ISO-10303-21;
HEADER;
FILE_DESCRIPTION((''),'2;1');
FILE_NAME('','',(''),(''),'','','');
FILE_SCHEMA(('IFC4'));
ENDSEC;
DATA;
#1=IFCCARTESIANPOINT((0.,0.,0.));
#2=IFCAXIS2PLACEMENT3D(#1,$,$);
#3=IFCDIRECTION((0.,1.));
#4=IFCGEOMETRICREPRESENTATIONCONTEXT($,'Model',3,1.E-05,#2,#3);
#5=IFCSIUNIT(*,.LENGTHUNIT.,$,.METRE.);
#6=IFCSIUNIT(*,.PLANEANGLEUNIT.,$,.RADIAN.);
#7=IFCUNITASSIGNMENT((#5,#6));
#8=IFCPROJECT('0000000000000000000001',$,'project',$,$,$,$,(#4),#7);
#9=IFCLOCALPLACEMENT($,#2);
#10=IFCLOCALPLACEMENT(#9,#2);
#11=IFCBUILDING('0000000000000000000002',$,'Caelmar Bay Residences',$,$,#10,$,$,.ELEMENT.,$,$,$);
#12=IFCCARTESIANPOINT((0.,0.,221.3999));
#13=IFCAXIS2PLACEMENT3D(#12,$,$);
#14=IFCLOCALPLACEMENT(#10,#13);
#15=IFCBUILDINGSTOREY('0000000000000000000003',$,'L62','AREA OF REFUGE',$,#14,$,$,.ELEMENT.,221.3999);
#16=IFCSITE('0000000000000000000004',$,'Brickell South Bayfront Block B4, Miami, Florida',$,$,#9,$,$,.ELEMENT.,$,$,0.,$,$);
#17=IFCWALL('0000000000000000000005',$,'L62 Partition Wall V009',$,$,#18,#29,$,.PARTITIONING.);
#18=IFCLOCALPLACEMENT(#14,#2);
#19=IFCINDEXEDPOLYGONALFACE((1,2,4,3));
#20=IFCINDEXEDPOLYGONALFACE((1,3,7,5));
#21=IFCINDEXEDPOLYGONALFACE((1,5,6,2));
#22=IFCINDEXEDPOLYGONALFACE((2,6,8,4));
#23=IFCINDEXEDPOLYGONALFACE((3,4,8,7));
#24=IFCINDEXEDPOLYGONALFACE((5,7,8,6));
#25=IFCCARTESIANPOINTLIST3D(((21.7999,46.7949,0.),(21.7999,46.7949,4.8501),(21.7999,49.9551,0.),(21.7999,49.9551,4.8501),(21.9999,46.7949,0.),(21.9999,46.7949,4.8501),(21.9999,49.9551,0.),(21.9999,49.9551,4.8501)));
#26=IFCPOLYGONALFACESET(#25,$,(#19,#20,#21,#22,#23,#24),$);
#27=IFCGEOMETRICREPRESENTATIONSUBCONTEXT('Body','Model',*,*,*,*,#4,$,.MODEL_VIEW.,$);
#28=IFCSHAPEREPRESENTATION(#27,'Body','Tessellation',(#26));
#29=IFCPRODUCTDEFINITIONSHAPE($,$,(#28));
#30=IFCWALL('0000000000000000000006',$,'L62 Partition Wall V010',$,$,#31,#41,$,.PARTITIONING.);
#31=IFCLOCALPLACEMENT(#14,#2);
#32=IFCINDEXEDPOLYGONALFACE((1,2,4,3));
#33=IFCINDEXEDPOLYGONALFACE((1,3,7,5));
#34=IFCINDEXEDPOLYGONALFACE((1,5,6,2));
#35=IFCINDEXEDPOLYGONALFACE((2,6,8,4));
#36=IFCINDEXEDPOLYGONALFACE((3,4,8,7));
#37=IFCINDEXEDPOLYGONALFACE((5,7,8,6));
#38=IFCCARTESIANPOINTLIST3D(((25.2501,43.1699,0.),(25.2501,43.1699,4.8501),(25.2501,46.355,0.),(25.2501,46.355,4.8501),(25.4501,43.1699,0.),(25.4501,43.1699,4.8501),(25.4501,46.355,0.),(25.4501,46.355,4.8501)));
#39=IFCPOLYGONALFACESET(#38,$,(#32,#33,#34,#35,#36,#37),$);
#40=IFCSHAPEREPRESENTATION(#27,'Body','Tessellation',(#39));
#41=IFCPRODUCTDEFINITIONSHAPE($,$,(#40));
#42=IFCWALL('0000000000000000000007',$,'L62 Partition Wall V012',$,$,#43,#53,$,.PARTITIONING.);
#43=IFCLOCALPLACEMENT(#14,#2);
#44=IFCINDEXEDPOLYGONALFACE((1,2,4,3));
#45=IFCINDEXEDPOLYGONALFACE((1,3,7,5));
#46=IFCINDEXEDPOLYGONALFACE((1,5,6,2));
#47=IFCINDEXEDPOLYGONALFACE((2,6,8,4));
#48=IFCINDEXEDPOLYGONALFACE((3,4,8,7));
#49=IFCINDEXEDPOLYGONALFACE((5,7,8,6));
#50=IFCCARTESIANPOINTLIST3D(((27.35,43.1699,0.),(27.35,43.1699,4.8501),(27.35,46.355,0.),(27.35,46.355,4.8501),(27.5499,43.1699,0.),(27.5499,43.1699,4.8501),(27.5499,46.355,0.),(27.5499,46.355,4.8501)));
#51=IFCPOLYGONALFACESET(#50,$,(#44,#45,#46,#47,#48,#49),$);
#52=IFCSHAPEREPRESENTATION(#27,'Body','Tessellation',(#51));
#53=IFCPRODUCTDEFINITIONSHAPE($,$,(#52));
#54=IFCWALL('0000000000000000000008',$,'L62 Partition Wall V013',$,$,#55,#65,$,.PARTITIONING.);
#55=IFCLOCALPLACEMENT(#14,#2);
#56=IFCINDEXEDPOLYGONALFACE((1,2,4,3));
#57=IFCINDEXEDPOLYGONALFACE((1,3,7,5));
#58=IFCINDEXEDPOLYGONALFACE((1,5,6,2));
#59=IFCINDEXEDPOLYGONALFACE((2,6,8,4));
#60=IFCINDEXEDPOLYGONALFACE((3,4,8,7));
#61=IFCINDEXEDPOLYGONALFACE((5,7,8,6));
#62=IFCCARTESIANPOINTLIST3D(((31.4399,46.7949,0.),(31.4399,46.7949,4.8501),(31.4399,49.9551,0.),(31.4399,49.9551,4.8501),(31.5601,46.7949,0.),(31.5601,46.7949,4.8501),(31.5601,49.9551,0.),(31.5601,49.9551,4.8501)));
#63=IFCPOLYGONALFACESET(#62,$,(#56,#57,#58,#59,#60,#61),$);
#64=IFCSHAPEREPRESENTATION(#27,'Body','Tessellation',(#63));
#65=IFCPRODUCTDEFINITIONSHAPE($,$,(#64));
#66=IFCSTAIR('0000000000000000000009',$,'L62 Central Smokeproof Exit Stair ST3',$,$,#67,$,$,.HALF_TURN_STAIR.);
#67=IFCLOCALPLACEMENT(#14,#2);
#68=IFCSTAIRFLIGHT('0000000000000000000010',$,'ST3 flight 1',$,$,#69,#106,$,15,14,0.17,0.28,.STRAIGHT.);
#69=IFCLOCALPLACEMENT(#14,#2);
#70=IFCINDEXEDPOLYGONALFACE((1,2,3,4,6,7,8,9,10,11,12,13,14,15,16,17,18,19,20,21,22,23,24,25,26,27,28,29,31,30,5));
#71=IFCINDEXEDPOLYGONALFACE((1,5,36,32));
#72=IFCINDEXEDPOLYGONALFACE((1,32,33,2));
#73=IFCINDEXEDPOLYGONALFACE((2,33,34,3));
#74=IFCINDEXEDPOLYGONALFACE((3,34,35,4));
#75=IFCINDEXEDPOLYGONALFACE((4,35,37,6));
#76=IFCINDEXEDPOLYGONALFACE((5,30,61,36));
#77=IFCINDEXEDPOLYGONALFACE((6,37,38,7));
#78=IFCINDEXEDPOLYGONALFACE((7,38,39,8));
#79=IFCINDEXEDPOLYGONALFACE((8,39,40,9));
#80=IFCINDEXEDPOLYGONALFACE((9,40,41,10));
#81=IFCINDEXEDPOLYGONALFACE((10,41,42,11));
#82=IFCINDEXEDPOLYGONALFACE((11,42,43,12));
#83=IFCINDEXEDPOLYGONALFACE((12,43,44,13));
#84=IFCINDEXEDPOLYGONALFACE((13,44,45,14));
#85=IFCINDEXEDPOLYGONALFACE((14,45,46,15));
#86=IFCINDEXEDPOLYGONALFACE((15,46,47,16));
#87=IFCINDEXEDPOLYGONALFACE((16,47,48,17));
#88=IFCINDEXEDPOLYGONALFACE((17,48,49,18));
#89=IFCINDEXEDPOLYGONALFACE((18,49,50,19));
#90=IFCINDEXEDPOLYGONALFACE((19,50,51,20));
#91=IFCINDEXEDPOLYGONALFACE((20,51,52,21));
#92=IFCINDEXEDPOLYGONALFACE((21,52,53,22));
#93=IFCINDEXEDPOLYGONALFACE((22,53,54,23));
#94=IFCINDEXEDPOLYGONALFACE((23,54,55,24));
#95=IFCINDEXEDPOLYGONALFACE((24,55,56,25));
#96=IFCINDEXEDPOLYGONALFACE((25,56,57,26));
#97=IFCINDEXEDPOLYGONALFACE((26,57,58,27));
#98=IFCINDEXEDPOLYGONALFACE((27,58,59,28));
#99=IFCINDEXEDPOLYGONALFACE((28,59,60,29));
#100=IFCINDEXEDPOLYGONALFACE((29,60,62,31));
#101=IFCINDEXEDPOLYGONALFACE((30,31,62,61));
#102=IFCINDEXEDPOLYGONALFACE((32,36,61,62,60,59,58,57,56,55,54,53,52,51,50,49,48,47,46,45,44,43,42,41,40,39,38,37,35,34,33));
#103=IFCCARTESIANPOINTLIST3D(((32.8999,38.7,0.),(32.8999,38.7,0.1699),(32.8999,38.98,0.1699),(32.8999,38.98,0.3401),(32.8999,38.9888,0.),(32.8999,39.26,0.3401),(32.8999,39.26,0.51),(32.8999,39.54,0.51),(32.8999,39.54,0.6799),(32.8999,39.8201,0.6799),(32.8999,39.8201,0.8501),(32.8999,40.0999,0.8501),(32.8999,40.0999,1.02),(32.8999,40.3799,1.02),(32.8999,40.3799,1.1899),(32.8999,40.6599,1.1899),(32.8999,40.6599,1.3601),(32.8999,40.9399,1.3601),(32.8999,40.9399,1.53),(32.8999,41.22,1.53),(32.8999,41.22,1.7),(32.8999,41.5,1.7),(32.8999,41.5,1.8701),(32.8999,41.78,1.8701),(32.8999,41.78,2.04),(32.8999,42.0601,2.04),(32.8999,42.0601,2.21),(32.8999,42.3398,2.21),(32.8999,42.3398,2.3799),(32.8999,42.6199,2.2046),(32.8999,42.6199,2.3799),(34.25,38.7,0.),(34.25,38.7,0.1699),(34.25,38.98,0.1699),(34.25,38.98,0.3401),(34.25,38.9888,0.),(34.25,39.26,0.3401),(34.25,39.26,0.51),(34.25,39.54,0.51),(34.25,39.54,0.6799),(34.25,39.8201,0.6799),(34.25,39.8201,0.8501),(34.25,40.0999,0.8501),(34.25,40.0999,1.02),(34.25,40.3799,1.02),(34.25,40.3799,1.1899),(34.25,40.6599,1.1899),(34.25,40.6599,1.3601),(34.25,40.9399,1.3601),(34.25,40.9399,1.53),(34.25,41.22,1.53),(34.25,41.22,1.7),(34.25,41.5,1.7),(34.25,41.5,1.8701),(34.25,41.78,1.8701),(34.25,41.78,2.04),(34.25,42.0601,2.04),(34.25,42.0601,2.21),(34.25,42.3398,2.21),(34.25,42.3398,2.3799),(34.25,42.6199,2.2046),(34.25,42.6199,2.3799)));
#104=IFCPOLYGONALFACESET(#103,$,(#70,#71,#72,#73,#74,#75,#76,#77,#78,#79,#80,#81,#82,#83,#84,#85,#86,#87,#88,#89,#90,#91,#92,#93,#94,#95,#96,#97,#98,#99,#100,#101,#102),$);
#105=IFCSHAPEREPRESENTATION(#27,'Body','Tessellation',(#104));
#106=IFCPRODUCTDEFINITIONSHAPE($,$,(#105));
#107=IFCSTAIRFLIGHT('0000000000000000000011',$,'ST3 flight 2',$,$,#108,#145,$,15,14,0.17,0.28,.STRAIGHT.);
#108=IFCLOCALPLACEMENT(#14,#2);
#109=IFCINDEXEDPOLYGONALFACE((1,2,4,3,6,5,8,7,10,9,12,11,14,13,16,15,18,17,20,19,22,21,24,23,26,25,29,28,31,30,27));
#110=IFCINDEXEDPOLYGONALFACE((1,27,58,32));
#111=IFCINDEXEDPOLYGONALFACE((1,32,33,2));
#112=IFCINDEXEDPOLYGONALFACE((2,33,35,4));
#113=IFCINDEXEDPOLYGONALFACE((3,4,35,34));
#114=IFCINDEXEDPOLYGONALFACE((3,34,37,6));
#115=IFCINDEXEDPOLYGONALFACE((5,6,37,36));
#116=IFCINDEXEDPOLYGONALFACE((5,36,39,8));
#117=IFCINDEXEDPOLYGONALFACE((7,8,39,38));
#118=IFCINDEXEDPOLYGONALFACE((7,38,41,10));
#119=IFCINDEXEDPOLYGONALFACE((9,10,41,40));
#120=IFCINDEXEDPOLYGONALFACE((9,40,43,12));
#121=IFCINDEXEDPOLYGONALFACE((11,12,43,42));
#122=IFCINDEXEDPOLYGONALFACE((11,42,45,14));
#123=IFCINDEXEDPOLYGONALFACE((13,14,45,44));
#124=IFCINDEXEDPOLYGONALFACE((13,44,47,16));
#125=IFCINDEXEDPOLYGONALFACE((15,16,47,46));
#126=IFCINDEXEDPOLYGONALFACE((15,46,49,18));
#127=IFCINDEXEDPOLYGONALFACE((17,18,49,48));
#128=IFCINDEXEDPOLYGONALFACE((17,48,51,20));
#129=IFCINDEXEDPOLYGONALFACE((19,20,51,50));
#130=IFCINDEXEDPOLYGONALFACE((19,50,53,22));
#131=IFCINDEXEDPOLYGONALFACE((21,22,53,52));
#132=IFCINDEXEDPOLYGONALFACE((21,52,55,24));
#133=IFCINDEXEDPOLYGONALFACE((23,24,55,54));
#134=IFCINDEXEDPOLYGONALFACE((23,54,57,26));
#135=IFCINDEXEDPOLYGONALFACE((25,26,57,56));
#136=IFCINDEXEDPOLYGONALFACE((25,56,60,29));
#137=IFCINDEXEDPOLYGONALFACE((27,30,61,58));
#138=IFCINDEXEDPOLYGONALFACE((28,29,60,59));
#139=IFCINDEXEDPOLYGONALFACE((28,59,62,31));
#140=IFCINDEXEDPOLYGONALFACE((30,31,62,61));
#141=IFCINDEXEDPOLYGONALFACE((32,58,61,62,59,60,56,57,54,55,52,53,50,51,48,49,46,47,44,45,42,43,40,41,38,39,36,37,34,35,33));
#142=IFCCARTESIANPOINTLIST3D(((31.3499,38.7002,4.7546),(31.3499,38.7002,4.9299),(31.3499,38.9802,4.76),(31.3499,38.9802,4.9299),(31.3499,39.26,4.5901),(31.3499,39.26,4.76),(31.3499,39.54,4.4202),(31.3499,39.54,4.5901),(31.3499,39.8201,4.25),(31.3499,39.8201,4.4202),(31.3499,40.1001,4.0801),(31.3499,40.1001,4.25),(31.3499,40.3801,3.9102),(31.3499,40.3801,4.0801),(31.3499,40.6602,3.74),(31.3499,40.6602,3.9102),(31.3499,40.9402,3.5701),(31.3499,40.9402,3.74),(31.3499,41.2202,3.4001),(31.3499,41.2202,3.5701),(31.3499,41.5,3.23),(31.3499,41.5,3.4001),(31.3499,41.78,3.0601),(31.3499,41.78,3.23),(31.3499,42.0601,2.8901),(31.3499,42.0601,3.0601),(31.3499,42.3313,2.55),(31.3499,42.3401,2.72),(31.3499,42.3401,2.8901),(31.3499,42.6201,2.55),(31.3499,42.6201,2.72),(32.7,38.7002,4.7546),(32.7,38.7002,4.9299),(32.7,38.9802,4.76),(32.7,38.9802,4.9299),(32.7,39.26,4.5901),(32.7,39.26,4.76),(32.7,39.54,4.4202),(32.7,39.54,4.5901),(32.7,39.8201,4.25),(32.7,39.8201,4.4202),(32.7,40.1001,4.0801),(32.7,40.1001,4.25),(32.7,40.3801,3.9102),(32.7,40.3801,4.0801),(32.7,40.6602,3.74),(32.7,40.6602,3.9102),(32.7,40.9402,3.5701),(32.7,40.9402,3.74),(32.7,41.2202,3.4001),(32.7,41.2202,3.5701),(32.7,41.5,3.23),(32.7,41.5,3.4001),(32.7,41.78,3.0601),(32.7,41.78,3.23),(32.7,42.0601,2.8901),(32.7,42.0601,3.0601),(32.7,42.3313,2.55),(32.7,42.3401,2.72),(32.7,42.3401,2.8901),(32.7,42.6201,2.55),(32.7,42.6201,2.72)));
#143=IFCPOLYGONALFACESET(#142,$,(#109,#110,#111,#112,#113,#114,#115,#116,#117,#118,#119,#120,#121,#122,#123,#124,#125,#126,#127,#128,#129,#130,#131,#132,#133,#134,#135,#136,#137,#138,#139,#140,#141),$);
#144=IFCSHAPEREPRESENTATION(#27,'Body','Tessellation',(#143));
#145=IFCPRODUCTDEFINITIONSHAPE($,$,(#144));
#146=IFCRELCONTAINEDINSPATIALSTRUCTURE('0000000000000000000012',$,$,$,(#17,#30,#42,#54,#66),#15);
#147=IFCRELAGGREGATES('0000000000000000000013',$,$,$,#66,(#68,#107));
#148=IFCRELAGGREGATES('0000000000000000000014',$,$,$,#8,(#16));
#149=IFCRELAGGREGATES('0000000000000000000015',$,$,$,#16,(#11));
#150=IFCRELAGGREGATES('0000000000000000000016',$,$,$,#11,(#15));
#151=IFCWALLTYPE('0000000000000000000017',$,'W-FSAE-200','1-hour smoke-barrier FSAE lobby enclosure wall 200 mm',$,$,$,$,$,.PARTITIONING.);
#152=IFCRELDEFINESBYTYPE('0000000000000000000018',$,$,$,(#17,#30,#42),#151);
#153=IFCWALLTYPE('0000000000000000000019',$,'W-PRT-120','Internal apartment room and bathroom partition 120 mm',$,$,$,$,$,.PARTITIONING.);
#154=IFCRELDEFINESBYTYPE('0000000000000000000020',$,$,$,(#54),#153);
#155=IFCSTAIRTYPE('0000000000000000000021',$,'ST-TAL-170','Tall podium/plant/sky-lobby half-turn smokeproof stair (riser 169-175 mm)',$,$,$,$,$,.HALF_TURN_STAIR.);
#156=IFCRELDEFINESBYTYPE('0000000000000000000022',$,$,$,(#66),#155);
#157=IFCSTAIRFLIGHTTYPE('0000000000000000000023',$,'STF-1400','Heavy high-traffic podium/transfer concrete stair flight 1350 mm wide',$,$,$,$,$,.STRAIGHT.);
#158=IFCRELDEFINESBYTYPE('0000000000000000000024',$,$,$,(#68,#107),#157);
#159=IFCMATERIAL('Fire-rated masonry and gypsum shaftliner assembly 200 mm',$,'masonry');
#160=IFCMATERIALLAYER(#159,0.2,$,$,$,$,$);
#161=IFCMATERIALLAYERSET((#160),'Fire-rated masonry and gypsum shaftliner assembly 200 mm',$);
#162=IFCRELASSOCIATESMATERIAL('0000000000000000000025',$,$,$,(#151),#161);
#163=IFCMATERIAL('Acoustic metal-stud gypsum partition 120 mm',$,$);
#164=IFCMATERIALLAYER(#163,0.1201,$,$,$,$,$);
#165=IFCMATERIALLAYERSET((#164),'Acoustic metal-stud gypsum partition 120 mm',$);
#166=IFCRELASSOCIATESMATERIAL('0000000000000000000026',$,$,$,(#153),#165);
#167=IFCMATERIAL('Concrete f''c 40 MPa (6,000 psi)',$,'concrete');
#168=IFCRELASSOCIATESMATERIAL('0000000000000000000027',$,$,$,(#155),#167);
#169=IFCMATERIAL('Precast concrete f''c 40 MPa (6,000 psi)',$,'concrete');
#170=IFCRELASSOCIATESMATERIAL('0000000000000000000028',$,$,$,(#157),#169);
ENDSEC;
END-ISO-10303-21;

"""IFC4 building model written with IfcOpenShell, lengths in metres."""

from ifc_helpers import new_model, si_unit, direction, frame, frame_2d, origin, place, context, subcontext, project, spatial, polyline, rectangle, outline, extrude, material, layer, layer_set, type_object, element, aggregate, save


model = new_model("IFC4")

# Units and contexts
model_context = context("Model", 3, precision=1e-05, world=origin(), true_north=direction((0.0, 1.0)))
body_context = subcontext(model_context, "Body", "Model", "MODEL_VIEW")
ifc_project = project(units=[si_unit("LENGTHUNIT", "METRE"), si_unit("PLANEANGLEUNIT", "RADIAN")], contexts=[model_context])

# Site, building, storey
site_placement = place(None, origin())
site = spatial("IfcSite", under=ifc_project, at=site_placement, Name="Brickell South Bayfront Block B4, Miami, Florida", CompositionType="ELEMENT", RefElevation=0.0)
building_placement = place(site_placement, origin())
building = spatial("IfcBuilding", under=site, at=building_placement, Name="Caelmar Bay Residences", CompositionType="ELEMENT")
storey_placement = place(building_placement, frame((0.0, 0.0, 221.3999)))
storey = spatial("IfcBuildingStorey", under=building, at=storey_placement, Name="L62", Description="AREA OF REFUGE", CompositionType="ELEMENT", Elevation=221.3999)

# Walls
ifc_material_1 = material(Name="Fire-rated masonry and gypsum shaftliner assembly 200 mm", Category="masonry")
ifc_layer_1 = layer(ifc_material_1, 0.2)
ifc_layer_set_1 = layer_set([ifc_layer_1], Name="Fire-rated masonry and gypsum shaftliner assembly 200 mm")
wall_type_1 = type_object("IfcWallType", Name="W-FSAE-200", Description="1-hour smoke-barrier FSAE lobby enclosure wall 200 mm", PredefinedType="PARTITIONING", material=ifc_layer_set_1)
wall_1_placement = place(storey_placement, frame((21.8999, 46.7949, 0.0), z_axis=(0.0, 0.0, 1.0), x_axis=(0.0, 1.0, 0.0)))
element("IfcWall", 1, at=wall_1_placement, inside=storey, type_object=wall_type_1, Name="L62 Partition Wall V009", PredefinedType="PARTITIONING", context=body_context, shape_type="SweptSolid", body=[
    extrude(rectangle(XDim=3.1602, YDim=0.2, at=frame_2d((1.5801, 0.0))), origin(), (0.0, 0.0, 1.0), 4.8501),
])
for number, where, z_axis, x_axis, name in (
    (2, (25.3501, 43.1699, 0.0), (0.0, 0.0, 1.0), (0.0, 1.0, 0.0), "L62 Partition Wall V010"),
    (3, (27.45, 43.1699, 0.0), (0.0, 0.0, 1.0), (0.0, 1.0, 0.0), "L62 Partition Wall V012"),
):
    element("IfcWall", number, at=place(storey_placement, frame(where, z_axis=z_axis, x_axis=x_axis)), inside=storey, type_object=wall_type_1, Name=name, PredefinedType="PARTITIONING", context=body_context, shape_type="SweptSolid", body=[
        extrude(rectangle(XDim=3.1851, YDim=0.2, at=frame_2d((1.5925, 0.0))), origin(), (0.0, 0.0, 1.0), 4.8501),
    ])
ifc_material_2 = material(Name="Acoustic metal-stud gypsum partition 120 mm")
ifc_layer_2 = layer(ifc_material_2, 0.1201)
ifc_layer_set_2 = layer_set([ifc_layer_2], Name="Acoustic metal-stud gypsum partition 120 mm")
wall_type_2 = type_object("IfcWallType", Name="W-PRT-120", Description="Internal apartment room and bathroom partition 120 mm", PredefinedType="PARTITIONING", material=ifc_layer_set_2)
wall_2_placement = place(storey_placement, frame((31.5, 46.7949, 0.0), z_axis=(0.0, 0.0, 1.0), x_axis=(0.0, 1.0, 0.0)))
element("IfcWall", 4, at=wall_2_placement, inside=storey, type_object=wall_type_2, Name="L62 Partition Wall V013", PredefinedType="PARTITIONING", context=body_context, shape_type="SweptSolid", body=[
    extrude(rectangle(XDim=3.1602, YDim=0.1201, at=frame_2d((1.5801, 0.0))), origin(), (0.0, 0.0, 1.0), 4.8501),
])

# Stair, stair flights
ifc_material_3 = material(Name="Concrete f'c 40 MPa (6,000 psi)", Category="concrete")
stair_type = type_object("IfcStairType", Name="ST-TAL-170", Description="Tall podium/plant/sky-lobby half-turn smokeproof stair (riser 169-175 mm)", PredefinedType="HALF_TURN_STAIR", material=ifc_material_3)
stair_placement = place(storey_placement, origin())
stair = element("IfcStair", 5, at=stair_placement, inside=storey, type_object=stair_type, Name="L62 Central Smokeproof Exit Stair ST3", PredefinedType="HALF_TURN_STAIR")
ifc_material_4 = material(Name="Precast concrete f'c 40 MPa (6,000 psi)", Category="concrete")
stair_flight_type = type_object("IfcStairFlightType", Name="STF-1400", Description="Heavy high-traffic podium/transfer concrete stair flight 1350 mm wide", PredefinedType="STRAIGHT", material=ifc_material_4)
stair_flight_1_placement = place(storey_placement, frame((33.575, 38.7, 0.0), z_axis=(0.0, 0.0, 1.0), x_axis=(0.0, 1.0, 0.0)))
stair_flight_1 = element("IfcStairFlight", 6, at=stair_flight_1_placement, type_object=stair_flight_type, Name="ST3 flight 1", NumberOfRisers=15, NumberOfTreads=14, PredefinedType="STRAIGHT", RiserHeight=0.17, TreadLength=0.28, context=body_context, shape_type="SweptSolid", body=[
    extrude(outline(polyline([(0.0, 0.0), (0.0, 0.1699), (0.28, 0.1699), (0.28, 0.3401), (0.5601, 0.3401), (0.5601, 0.51), (0.8401, 0.51), (0.8401, 0.6799), (1.1201, 0.6799), (1.1201, 0.8501), (1.3999, 0.8501), (1.3999, 1.02), (1.6799, 1.02), (1.6799, 1.1899), (1.96, 1.1899), (1.96, 1.3601), (2.24, 1.3601), (2.24, 1.53), (2.52, 1.53), (2.52, 1.7), (2.8, 1.7), (2.8, 1.8701), (3.0801, 1.8701), (3.0801, 2.04), (3.3601, 2.04), (3.3601, 2.21), (3.6399, 2.21), (3.6399, 2.3799), (3.9199, 2.3799), (3.9199, 2.55), (3.9199, 2.2046), (0.2888, 0.0), (0.0, 0.0)])), frame((0.0, 0.675, 0.0), z_axis=(0.0, -1.0, 0.0), x_axis=(1.0, 0.0, 0.0)), (0.0, 0.0, 1.0), 1.3501),
])
stair_flight_2_placement = place(storey_placement, frame((32.0249, 42.6201, 2.55), z_axis=(0.0, 0.0, 1.0), x_axis=(0.0, -1.0, 0.0)))
stair_flight_2 = element("IfcStairFlight", 7, at=stair_flight_2_placement, type_object=stair_flight_type, Name="ST3 flight 2", NumberOfRisers=15, NumberOfTreads=14, PredefinedType="STRAIGHT", RiserHeight=0.17, TreadLength=0.28, context=body_context, shape_type="SweptSolid", body=[
    extrude(outline(polyline([(0.0, 0.0), (0.0, 0.1699), (0.28, 0.1699), (0.28, 0.3401), (0.5601, 0.3401), (0.5601, 0.51), (0.8401, 0.51), (0.8401, 0.6799), (1.1201, 0.6799), (1.1201, 0.8501), (1.3999, 0.8501), (1.3999, 1.02), (1.6799, 1.02), (1.6799, 1.1899), (1.96, 1.1899), (1.96, 1.3601), (2.24, 1.3601), (2.24, 1.53), (2.52, 1.53), (2.52, 1.7), (2.8, 1.7), (2.8, 1.8701), (3.0801, 1.8701), (3.0801, 2.04), (3.3601, 2.04), (3.3601, 2.21), (3.6399, 2.21), (3.6399, 2.3799), (3.9199, 2.3799), (3.9199, 2.55), (3.9199, 2.2046), (0.2888, 0.0), (0.0, 0.0)])), frame((0.0, 0.675, 0.0), z_axis=(0.0, -1.0, 0.0), x_axis=(1.0, 0.0, 0.0)), (0.0, 0.0, 1.0), 1.3501),
])
aggregate(stair, [stair_flight_1, stair_flight_2])

save(model, "model.ifc")
